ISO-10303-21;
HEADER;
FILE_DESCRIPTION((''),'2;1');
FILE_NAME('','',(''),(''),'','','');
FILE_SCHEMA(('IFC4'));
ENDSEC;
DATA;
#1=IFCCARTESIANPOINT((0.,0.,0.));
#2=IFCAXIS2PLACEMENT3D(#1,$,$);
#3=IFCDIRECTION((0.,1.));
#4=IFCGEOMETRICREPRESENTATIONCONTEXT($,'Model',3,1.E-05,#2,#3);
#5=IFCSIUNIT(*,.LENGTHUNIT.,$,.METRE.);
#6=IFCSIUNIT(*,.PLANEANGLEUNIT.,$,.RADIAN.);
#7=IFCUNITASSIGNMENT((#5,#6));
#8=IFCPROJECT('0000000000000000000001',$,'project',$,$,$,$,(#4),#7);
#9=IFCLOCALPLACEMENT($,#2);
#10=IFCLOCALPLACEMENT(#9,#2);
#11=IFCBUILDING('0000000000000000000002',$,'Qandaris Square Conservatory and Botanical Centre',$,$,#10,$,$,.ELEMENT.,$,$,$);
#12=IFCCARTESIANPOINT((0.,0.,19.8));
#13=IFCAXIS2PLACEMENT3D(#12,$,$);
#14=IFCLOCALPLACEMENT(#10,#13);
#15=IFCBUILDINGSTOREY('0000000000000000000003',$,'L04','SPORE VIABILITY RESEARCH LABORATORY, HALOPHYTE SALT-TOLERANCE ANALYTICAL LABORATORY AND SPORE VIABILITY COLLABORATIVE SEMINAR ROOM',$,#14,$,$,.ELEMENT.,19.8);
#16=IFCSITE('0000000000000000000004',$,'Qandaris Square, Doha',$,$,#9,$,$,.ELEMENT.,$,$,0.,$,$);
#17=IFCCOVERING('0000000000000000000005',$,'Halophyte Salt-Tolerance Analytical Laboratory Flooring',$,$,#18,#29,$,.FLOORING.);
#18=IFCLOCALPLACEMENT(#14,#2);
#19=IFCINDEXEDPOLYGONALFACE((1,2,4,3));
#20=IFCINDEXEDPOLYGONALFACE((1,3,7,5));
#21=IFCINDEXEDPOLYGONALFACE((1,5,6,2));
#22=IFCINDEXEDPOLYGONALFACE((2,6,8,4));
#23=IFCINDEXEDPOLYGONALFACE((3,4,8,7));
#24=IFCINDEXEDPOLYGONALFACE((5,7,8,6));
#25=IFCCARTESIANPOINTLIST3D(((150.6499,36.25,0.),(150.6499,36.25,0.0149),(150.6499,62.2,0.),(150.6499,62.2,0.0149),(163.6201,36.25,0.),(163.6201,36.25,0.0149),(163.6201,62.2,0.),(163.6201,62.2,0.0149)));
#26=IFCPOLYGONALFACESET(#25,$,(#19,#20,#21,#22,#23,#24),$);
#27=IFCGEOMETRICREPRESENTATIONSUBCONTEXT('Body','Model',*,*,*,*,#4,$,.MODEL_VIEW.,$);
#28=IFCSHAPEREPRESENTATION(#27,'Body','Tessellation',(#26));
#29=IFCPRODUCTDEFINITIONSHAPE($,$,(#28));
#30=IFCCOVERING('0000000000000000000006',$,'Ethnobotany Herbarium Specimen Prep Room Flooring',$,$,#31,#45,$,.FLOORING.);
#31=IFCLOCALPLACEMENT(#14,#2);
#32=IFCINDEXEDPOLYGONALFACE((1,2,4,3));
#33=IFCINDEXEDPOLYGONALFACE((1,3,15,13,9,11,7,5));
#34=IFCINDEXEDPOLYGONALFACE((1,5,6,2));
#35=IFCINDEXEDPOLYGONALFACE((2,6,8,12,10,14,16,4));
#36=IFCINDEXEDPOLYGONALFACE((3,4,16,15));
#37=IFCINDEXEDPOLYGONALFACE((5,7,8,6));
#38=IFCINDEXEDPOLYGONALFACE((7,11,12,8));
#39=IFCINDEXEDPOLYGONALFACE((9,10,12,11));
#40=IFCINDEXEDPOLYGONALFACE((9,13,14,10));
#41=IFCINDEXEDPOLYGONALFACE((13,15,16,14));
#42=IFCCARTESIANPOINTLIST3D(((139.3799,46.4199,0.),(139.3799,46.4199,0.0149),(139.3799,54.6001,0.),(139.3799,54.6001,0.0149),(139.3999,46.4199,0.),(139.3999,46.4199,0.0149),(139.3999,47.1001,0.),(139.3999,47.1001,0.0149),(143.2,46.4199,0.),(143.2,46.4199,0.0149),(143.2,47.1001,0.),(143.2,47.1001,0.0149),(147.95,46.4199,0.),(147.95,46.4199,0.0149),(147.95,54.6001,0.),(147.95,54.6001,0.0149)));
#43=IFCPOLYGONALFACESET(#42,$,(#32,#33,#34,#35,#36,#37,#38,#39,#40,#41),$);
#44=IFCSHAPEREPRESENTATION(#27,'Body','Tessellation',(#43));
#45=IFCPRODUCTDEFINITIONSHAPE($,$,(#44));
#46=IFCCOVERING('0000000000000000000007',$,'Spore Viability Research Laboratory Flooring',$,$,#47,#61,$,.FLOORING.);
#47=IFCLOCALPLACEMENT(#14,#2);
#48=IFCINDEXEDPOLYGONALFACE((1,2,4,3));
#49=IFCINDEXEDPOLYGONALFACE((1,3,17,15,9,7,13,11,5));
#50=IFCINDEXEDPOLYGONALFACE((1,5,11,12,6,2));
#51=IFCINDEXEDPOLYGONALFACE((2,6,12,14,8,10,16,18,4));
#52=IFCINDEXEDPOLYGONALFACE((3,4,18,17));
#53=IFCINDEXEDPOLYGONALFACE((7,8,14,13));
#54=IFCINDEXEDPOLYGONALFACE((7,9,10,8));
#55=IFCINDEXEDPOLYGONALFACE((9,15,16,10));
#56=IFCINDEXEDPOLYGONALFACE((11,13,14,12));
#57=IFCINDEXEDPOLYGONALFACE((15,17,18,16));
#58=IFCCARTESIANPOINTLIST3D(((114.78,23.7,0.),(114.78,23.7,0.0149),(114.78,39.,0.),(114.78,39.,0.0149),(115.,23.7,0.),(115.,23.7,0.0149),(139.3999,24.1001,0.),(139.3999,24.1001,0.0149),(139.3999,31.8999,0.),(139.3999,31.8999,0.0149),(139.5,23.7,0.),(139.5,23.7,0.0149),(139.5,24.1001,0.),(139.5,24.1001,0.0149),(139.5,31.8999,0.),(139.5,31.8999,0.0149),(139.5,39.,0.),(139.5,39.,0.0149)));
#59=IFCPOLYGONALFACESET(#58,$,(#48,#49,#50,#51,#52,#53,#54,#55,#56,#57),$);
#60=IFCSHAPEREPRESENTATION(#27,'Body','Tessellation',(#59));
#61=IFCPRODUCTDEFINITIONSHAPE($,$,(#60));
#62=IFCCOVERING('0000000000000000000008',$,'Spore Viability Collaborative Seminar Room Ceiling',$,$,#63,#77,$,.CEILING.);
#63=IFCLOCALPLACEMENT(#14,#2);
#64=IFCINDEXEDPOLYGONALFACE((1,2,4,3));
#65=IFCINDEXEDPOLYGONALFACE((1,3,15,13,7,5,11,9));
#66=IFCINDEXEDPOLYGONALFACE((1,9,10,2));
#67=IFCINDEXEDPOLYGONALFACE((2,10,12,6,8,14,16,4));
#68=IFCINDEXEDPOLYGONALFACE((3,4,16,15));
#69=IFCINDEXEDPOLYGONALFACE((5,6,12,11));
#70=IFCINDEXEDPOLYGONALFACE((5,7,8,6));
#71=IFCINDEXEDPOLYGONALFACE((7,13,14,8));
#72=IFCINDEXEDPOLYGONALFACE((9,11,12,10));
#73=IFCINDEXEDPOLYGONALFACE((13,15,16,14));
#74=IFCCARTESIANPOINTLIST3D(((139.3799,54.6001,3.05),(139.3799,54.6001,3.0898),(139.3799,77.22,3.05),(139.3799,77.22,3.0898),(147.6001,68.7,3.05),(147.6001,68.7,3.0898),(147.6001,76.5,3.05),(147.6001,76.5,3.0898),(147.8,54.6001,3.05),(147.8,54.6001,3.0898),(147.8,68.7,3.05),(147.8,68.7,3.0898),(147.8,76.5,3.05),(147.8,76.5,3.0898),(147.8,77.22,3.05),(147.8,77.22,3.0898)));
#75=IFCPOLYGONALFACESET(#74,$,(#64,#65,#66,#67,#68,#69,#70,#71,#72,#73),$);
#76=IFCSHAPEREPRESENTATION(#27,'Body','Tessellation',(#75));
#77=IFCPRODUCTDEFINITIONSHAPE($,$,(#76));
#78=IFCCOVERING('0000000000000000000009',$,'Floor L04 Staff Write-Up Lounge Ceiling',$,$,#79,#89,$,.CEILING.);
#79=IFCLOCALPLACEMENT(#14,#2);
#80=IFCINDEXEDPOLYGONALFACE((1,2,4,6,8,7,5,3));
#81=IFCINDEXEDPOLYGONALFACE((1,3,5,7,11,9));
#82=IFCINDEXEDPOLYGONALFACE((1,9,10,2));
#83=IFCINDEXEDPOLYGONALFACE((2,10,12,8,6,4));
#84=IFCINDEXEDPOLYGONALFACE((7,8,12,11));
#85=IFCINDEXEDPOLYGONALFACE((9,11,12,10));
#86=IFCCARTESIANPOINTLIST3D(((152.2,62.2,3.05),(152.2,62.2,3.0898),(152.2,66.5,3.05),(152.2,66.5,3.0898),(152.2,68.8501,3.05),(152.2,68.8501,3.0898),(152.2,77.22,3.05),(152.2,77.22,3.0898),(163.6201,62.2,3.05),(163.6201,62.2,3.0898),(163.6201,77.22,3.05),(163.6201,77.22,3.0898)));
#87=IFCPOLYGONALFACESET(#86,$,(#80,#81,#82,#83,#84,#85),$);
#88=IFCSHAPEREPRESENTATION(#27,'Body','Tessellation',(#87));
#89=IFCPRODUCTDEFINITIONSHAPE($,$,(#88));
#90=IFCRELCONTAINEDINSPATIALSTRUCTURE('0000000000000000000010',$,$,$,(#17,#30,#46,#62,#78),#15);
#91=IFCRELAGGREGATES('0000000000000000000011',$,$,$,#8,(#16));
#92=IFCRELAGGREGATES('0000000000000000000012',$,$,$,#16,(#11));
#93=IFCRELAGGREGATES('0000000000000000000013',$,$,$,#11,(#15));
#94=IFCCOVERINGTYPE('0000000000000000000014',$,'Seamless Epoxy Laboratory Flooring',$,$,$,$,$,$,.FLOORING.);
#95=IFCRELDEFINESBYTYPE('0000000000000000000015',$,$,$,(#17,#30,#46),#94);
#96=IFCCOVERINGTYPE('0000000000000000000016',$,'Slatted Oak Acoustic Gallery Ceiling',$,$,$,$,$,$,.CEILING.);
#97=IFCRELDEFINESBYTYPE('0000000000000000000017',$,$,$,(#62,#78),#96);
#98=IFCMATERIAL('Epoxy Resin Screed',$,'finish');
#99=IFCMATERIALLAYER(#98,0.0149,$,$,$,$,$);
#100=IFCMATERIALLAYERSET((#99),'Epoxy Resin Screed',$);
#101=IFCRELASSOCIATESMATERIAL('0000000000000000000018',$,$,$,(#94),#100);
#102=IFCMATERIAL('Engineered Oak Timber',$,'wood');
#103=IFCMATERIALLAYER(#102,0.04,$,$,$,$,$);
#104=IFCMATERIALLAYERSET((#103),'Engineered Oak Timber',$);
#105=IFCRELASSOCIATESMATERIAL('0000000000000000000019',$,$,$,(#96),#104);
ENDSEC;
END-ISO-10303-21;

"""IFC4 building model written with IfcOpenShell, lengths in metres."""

from ifc_helpers import new_model, si_unit, direction, frame, origin, place, context, subcontext, project, spatial, polyline, outline, extrude, material, layer, layer_set, type_object, element, save


model = new_model("IFC4")

# Units and contexts
model_context = context("Model", 3, precision=1e-05, world=origin(), true_north=direction((0.0, 1.0)))
body_context = subcontext(model_context, "Body", "Model", "MODEL_VIEW")
ifc_project = project(units=[si_unit("LENGTHUNIT", "METRE"), si_unit("PLANEANGLEUNIT", "RADIAN")], contexts=[model_context])

# Site, building, storey
site_placement = place(None, origin())
site = spatial("IfcSite", under=ifc_project, at=site_placement, Name="Qandaris Square, Doha", CompositionType="ELEMENT", RefElevation=0.0)
building_placement = place(site_placement, origin())
building = spatial("IfcBuilding", under=site, at=building_placement, Name="Qandaris Square Conservatory and Botanical Centre", CompositionType="ELEMENT")
storey_placement = place(building_placement, frame((0.0, 0.0, 19.8)))
storey = spatial("IfcBuildingStorey", under=building, at=storey_placement, Name="L04", Description="SPORE VIABILITY RESEARCH LABORATORY, HALOPHYTE SALT-TOLERANCE ANALYTICAL LABORATORY AND SPORE VIABILITY COLLABORATIVE SEMINAR ROOM", CompositionType="ELEMENT", Elevation=19.8)

# Coverings
ifc_material_1 = material(Name="Epoxy Resin Screed", Category="finish")
ifc_layer_1 = layer(ifc_material_1, 0.0149)
ifc_layer_set_1 = layer_set([ifc_layer_1], Name="Epoxy Resin Screed")
covering_type_1 = type_object("IfcCoveringType", Name="Seamless Epoxy Laboratory Flooring", PredefinedType="FLOORING", material=ifc_layer_set_1)
covering_1_placement = place(storey_placement, origin())
element("IfcCovering", 1, at=covering_1_placement, inside=storey, type_object=covering_type_1, Name="Halophyte Salt-Tolerance Analytical Laboratory Flooring", PredefinedType="FLOORING", context=body_context, shape_type="SweptSolid", body=[
    extrude(outline(polyline([(150.6499, 62.2), (163.6201, 62.2), (163.6201, 36.25), (150.6499, 36.25), (150.6499, 62.2)])), origin(), (0.0, 0.0, 1.0), 0.0149),
])
covering_2_placement = place(storey_placement, origin())
element("IfcCovering", 2, at=covering_2_placement, inside=storey, type_object=covering_type_1, Name="Ethnobotany Herbarium Specimen Prep Room Flooring", PredefinedType="FLOORING", context=body_context, shape_type="SweptSolid", body=[
    extrude(outline(polyline([(147.95, 46.4199), (143.2, 46.4199), (143.2, 47.1001), (139.3999, 47.1001), (139.3999, 46.4199), (139.3799, 46.4199), (139.3799, 54.6001), (147.95, 54.6001), (147.95, 46.4199)])), origin(), (0.0, 0.0, 1.0), 0.0149),
])
covering_3_placement = place(storey_placement, origin())
element("IfcCovering", 3, at=covering_3_placement, inside=storey, type_object=covering_type_1, Name="Spore Viability Research Laboratory Flooring", PredefinedType="FLOORING", context=body_context, shape_type="SweptSolid", body=[
    extrude(outline(polyline([(139.5, 31.8999), (139.3999, 31.8999), (139.3999, 24.1001), (139.5, 24.1001), (139.5, 23.7), (115.0, 23.7), (114.78, 23.7), (114.78, 39.0), (139.5, 39.0), (139.5, 31.8999)])), origin(), (0.0, 0.0, 1.0), 0.0149),
])
ifc_material_2 = material(Name="Engineered Oak Timber", Category="wood")
ifc_layer_2 = layer(ifc_material_2, 0.04)
ifc_layer_set_2 = layer_set([ifc_layer_2], Name="Engineered Oak Timber")
covering_type_2 = type_object("IfcCoveringType", Name="Slatted Oak Acoustic Gallery Ceiling", PredefinedType="CEILING", material=ifc_layer_set_2)
covering_4_placement = place(storey_placement, frame((0.0, 0.0, 3.05)))
element("IfcCovering", 4, at=covering_4_placement, inside=storey, type_object=covering_type_2, Name="Spore Viability Collaborative Seminar Room Ceiling", PredefinedType="CEILING", context=body_context, shape_type="SweptSolid", body=[
    extrude(outline(polyline([(147.8, 76.5), (147.6001, 76.5), (147.6001, 68.7), (147.8, 68.7), (147.8, 54.6001), (139.3799, 54.6001), (139.3799, 77.22), (147.8, 77.22), (147.8, 76.5)])), origin(), (0.0, 0.0, 1.0), 0.0398),
])
covering_5_placement = place(storey_placement, frame((0.0, 0.0, 3.05)))
element("IfcCovering", 5, at=covering_5_placement, inside=storey, type_object=covering_type_2, Name="Floor L04 Staff Write-Up Lounge Ceiling", PredefinedType="CEILING", context=body_context, shape_type="SweptSolid", body=[
    extrude(outline(polyline([(152.2, 62.2), (152.2, 66.5), (152.2, 68.8501), (152.2, 77.22), (163.6201, 77.22), (163.6201, 62.2), (152.2, 62.2)])), origin(), (0.0, 0.0, 1.0), 0.0398),
])

save(model, "model.ifc")
